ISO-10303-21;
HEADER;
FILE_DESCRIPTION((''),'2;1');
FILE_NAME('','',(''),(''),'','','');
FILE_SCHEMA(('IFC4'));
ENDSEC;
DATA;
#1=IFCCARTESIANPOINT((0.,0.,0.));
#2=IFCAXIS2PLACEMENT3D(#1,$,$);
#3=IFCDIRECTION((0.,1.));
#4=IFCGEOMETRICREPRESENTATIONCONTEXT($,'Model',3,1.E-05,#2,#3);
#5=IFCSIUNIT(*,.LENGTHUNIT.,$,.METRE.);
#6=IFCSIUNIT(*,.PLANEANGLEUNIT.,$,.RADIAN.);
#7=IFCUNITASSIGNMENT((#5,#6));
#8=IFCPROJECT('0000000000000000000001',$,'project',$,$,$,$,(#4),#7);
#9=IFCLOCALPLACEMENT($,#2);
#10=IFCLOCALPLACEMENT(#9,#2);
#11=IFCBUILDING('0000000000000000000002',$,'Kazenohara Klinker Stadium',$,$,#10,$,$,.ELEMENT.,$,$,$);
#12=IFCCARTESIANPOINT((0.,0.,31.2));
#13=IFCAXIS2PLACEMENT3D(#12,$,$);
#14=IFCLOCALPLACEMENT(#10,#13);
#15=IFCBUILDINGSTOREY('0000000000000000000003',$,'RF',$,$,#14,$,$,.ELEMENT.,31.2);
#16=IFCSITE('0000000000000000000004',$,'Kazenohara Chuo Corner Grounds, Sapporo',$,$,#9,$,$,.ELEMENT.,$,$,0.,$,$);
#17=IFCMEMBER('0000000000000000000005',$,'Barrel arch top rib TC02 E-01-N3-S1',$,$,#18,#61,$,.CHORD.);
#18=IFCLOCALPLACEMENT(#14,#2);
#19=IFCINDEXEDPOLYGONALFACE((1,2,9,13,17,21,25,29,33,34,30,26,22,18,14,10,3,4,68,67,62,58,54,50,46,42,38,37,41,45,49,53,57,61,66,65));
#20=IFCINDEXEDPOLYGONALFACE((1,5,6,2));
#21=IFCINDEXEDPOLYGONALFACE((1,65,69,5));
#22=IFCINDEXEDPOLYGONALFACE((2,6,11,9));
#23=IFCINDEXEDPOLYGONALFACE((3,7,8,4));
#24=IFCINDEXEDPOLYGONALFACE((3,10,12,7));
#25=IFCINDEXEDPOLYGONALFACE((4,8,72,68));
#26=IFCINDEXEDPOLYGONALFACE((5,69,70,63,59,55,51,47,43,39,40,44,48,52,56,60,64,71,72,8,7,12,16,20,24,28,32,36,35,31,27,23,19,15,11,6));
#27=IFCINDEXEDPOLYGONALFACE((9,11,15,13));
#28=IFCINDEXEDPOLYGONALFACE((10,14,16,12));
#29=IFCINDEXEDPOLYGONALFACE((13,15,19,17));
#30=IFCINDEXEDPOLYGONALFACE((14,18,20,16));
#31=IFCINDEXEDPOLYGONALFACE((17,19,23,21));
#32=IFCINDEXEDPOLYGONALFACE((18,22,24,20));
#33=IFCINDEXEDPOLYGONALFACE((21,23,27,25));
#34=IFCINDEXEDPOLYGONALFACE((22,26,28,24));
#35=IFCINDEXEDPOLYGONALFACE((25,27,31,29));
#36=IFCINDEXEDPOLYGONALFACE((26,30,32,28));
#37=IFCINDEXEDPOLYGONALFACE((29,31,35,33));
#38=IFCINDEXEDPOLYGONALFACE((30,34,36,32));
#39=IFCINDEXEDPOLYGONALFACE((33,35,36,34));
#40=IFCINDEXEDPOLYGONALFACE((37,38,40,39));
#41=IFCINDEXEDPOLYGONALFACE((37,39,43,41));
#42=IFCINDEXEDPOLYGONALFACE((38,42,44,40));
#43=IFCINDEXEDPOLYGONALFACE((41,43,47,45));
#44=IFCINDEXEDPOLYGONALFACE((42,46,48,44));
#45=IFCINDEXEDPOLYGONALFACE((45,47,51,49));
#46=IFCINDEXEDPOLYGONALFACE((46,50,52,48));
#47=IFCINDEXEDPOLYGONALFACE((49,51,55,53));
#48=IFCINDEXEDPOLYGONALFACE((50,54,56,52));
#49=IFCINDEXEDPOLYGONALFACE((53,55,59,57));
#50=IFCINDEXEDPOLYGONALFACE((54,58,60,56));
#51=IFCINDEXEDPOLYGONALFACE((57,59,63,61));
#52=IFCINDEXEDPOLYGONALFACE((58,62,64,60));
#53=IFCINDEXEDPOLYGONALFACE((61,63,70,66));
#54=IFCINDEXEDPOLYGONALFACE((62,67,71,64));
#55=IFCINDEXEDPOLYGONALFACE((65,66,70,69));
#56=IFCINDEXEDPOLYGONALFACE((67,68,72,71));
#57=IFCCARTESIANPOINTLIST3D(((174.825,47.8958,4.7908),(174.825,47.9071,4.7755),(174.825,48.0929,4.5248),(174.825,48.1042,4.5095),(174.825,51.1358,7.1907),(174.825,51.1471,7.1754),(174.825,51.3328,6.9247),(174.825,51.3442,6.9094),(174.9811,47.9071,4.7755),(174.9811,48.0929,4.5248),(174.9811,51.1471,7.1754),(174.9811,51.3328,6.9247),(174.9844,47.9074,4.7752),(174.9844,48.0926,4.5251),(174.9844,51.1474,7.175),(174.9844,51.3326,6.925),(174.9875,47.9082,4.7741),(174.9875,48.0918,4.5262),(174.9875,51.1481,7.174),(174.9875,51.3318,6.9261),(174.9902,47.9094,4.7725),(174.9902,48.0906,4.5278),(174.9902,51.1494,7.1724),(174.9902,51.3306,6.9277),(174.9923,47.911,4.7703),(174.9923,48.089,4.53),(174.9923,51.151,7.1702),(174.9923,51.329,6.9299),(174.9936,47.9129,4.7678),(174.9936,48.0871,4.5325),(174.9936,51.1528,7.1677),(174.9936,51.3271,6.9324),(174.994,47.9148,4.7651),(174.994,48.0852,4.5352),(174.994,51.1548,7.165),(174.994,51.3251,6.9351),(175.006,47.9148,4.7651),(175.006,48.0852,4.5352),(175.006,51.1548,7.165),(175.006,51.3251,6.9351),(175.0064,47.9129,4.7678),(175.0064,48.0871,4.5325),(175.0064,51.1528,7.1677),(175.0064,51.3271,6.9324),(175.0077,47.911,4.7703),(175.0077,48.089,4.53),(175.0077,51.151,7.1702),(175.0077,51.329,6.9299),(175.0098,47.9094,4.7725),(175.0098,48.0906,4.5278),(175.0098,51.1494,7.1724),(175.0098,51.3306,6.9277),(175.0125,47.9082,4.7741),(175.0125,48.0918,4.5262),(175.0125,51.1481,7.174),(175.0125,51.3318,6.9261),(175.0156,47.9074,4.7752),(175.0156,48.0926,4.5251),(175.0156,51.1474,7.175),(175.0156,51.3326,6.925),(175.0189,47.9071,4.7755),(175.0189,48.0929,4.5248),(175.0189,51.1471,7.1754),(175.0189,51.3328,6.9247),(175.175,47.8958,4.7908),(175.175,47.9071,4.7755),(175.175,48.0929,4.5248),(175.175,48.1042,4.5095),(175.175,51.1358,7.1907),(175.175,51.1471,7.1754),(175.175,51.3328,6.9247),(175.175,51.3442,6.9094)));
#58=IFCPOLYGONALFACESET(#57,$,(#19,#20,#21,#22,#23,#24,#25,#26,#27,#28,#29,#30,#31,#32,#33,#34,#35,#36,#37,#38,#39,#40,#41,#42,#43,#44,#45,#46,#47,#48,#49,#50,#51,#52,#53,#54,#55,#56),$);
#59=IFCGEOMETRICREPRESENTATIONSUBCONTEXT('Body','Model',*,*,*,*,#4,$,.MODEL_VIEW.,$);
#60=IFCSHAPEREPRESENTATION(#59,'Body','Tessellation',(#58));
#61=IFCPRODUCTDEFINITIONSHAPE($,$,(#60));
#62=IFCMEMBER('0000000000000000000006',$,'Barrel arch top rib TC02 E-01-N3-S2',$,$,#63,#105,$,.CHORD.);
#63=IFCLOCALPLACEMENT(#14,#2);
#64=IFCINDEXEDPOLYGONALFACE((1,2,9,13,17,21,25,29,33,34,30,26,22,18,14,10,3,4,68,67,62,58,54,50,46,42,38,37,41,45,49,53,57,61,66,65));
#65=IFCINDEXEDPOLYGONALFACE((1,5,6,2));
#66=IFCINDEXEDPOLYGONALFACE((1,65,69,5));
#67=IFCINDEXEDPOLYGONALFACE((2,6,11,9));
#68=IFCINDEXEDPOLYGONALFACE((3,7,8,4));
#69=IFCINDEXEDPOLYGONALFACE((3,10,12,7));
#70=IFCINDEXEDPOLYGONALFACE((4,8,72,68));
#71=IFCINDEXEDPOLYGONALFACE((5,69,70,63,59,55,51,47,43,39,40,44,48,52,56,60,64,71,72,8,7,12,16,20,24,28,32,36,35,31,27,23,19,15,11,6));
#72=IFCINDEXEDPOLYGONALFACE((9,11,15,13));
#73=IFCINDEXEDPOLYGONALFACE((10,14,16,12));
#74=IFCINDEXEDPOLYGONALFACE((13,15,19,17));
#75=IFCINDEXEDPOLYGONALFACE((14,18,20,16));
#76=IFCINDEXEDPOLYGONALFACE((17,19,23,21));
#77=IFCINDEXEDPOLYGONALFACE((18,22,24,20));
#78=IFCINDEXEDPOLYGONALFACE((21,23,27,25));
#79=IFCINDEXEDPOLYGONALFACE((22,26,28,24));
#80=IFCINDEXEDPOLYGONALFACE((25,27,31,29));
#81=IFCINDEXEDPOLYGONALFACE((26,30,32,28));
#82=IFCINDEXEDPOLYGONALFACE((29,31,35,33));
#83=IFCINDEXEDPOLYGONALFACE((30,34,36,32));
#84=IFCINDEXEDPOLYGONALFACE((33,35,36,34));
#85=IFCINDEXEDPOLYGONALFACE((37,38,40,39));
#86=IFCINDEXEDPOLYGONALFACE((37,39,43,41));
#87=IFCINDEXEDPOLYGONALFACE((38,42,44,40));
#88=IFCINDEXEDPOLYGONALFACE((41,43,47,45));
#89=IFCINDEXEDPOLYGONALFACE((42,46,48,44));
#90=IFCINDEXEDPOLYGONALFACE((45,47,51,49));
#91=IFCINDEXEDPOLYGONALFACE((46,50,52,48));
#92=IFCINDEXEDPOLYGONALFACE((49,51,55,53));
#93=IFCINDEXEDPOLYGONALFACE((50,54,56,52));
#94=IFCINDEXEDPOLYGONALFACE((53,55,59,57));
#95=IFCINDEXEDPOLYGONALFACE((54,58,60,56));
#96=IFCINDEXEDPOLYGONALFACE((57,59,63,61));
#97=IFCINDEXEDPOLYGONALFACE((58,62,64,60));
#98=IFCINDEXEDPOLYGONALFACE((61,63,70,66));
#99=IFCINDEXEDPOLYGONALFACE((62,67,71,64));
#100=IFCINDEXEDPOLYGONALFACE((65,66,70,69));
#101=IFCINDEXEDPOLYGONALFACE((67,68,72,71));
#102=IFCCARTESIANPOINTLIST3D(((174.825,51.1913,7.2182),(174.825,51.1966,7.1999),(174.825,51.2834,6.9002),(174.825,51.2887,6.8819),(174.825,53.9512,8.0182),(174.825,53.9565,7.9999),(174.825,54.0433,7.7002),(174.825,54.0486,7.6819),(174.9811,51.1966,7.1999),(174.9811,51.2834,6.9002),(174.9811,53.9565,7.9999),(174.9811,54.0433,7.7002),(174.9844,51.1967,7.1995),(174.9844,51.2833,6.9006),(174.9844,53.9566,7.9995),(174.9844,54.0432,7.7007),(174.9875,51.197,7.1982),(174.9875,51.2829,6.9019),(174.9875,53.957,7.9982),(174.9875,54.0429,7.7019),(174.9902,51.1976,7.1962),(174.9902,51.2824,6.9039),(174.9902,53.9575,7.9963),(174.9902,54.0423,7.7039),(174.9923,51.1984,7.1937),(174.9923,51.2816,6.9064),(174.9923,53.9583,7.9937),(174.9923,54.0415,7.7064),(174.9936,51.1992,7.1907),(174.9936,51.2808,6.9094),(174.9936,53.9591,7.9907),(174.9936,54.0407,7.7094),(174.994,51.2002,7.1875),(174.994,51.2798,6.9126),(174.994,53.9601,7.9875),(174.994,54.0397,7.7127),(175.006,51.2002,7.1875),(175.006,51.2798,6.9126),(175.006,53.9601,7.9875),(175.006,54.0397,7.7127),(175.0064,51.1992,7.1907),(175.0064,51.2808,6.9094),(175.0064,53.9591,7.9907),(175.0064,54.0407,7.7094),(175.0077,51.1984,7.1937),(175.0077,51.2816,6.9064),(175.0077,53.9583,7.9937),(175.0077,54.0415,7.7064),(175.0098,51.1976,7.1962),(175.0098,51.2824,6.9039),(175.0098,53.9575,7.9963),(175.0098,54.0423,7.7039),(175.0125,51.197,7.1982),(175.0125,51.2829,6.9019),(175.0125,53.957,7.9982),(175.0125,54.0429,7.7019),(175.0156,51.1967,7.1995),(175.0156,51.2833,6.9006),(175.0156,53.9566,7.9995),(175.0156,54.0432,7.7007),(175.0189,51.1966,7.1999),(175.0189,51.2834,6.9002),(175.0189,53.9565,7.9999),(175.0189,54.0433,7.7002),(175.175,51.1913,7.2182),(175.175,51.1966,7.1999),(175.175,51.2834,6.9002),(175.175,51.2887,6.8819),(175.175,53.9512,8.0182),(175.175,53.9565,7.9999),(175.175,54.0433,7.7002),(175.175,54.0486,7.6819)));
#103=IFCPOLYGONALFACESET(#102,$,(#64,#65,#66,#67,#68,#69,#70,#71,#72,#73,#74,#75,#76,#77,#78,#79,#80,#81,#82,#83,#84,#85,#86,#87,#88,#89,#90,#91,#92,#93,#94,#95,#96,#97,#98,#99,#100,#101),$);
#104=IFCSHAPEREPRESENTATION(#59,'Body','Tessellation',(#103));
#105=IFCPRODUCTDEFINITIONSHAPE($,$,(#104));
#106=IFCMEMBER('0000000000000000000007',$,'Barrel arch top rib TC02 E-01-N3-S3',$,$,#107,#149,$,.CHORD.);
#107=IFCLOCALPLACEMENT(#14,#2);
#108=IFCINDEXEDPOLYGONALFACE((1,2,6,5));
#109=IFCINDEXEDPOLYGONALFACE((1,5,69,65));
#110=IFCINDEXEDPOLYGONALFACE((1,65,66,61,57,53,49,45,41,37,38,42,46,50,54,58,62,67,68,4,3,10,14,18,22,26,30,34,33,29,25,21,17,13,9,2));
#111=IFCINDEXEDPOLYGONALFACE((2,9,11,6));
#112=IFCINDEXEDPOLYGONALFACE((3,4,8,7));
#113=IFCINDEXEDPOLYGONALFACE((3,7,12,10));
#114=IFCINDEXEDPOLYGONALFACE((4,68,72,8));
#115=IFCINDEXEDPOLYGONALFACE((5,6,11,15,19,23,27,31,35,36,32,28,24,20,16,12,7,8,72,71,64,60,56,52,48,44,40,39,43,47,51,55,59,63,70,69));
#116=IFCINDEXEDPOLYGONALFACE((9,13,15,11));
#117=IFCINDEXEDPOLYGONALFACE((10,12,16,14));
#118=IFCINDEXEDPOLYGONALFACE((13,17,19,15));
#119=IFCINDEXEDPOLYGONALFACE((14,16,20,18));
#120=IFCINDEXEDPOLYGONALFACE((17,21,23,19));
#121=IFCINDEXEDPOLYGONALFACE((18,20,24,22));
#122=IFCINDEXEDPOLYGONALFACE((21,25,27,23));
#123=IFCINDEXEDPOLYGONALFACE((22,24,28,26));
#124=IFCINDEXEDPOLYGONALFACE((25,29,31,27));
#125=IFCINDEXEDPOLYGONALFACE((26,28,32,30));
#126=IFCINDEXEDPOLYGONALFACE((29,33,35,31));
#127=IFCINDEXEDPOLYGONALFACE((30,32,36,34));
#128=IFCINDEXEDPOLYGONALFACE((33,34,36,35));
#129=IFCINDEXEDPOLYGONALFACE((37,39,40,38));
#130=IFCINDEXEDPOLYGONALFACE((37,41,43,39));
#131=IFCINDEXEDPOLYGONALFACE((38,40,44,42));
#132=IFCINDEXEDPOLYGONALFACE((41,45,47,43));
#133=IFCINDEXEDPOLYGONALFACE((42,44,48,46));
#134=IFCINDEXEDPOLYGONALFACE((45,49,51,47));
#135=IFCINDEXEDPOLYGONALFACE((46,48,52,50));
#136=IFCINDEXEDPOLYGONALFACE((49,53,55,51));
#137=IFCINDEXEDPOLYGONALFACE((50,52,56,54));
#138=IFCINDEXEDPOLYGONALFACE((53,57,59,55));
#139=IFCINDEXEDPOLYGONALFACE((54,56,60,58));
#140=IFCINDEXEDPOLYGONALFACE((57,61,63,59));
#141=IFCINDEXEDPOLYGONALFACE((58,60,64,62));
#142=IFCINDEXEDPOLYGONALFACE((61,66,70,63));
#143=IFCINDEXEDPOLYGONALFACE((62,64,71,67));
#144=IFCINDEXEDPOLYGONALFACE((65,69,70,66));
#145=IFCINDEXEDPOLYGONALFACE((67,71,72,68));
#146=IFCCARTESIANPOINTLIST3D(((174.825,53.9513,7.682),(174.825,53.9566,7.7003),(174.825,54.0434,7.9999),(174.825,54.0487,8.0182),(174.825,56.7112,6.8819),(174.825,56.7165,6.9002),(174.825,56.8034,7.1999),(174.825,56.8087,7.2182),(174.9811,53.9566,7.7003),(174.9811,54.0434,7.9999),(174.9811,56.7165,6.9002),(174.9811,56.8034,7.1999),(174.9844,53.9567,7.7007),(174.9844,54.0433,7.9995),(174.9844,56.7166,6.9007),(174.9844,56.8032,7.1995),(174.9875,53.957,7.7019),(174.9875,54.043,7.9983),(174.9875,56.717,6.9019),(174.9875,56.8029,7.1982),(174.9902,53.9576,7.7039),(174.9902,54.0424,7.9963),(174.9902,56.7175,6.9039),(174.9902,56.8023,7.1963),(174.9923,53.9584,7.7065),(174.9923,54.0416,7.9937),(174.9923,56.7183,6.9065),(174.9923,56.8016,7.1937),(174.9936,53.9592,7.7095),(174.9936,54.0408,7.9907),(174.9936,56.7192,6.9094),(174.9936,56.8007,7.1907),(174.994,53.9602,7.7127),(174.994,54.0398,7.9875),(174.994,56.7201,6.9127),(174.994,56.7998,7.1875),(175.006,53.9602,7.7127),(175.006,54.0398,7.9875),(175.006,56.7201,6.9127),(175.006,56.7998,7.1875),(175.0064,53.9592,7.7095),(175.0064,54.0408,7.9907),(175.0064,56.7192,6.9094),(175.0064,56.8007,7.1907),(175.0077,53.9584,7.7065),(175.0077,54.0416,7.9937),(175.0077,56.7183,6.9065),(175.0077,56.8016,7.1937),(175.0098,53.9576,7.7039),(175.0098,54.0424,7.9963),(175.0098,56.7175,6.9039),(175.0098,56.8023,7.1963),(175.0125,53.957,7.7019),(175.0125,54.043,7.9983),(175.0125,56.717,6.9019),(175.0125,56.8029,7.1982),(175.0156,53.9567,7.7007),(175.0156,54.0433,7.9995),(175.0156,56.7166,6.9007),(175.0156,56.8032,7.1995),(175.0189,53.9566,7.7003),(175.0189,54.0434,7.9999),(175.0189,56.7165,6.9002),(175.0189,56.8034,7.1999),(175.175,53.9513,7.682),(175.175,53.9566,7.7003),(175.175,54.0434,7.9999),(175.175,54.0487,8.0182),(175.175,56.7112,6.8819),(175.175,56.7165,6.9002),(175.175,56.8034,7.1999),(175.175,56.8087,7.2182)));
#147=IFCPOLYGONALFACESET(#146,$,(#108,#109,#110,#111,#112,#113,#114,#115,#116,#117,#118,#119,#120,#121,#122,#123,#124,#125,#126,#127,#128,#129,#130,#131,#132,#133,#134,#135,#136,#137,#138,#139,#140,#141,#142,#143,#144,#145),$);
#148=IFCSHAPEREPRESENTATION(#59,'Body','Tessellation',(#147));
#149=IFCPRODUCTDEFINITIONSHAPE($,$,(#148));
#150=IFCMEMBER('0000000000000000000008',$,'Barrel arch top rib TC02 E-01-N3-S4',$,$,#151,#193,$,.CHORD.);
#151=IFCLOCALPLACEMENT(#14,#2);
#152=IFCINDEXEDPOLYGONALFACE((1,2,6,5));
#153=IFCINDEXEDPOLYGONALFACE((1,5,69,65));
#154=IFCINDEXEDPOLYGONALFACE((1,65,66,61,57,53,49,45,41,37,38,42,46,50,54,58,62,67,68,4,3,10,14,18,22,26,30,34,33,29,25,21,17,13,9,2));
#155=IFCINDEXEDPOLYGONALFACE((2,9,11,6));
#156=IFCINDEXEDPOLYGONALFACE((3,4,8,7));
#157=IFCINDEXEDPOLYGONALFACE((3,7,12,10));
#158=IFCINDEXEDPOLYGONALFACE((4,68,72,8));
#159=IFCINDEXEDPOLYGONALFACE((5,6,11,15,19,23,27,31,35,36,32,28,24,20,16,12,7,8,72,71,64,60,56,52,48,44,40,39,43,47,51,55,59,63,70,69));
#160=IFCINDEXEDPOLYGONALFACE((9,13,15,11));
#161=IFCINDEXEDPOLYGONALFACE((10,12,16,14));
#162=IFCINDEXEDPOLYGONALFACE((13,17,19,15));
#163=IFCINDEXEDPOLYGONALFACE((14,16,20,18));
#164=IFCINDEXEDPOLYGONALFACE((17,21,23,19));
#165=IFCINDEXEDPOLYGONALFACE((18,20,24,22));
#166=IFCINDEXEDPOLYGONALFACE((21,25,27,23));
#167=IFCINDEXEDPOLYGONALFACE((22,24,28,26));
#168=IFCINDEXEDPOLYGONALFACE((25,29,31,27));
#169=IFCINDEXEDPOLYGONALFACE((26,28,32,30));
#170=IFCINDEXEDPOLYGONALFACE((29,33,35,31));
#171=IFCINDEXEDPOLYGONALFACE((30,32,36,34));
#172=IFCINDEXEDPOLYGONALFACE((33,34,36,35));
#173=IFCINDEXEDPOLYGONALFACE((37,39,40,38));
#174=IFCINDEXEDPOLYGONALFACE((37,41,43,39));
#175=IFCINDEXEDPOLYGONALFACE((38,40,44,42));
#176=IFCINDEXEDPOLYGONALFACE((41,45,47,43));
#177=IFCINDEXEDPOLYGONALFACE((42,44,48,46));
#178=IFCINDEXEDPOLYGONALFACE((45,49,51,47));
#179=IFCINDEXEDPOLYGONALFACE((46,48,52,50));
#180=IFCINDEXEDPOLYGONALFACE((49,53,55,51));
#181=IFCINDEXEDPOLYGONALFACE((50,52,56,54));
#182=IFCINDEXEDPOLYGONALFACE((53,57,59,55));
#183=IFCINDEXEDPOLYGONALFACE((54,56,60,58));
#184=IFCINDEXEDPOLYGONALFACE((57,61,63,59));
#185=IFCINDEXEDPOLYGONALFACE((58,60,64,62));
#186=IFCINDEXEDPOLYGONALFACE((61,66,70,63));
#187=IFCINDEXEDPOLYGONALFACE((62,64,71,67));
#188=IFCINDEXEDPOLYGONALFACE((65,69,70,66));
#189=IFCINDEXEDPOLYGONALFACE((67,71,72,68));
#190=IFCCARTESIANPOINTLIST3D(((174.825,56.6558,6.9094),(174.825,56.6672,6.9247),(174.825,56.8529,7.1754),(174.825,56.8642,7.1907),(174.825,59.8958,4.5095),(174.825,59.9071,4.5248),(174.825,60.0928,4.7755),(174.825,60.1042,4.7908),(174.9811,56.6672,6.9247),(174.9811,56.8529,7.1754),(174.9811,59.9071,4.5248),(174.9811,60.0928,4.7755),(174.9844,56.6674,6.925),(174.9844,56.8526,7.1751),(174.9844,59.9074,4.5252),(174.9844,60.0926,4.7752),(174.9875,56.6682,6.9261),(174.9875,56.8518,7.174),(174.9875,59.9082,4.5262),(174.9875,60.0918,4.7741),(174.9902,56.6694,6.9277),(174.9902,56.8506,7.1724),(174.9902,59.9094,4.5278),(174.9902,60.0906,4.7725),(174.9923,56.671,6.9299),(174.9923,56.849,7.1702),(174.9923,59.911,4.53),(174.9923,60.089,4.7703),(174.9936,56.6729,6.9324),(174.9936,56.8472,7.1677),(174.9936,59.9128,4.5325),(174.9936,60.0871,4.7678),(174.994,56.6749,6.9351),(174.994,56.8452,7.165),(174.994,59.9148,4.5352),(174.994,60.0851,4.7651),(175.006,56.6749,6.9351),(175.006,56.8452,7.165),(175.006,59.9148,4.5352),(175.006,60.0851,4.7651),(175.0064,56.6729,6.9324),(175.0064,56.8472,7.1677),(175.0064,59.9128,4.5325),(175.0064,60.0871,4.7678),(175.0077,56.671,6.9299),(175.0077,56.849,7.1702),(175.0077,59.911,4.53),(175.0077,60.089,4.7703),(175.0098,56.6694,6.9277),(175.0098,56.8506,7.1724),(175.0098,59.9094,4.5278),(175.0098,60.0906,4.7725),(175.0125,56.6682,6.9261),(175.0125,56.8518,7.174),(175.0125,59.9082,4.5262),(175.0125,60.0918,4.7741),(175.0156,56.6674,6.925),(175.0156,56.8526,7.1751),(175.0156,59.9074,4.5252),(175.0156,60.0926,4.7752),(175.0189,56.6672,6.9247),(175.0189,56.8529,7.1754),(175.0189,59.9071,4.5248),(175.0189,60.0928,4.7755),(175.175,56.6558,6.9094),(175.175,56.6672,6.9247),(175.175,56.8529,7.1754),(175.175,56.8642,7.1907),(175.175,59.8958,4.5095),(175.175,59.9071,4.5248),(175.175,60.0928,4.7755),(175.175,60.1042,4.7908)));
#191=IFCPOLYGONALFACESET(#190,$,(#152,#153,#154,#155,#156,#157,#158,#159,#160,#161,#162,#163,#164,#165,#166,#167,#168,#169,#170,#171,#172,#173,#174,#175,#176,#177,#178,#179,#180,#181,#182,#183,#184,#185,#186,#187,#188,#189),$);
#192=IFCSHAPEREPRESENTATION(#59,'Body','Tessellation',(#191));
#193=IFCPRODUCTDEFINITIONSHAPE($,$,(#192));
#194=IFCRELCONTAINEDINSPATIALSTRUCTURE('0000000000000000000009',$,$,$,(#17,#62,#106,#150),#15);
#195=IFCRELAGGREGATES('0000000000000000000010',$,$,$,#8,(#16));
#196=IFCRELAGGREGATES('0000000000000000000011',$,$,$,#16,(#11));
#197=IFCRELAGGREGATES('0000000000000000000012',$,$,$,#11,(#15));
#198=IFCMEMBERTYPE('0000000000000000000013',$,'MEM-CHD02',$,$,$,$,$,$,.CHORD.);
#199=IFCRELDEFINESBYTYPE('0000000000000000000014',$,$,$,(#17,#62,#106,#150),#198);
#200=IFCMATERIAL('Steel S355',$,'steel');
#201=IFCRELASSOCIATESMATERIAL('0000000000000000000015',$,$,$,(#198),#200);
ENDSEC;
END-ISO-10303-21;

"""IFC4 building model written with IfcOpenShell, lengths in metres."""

from ifc_helpers import new_model, si_unit, direction, frame, origin, origin_2d, place, context, subcontext, project, spatial, i_section, extrude, material, material_profile, profile_set, type_object, element, save


model = new_model("IFC4")

# Units and contexts
model_context = context("Model", 3, precision=1e-05, world=origin(), true_north=direction((0.0, 1.0)))
body_context = subcontext(model_context, "Body", "Model", "MODEL_VIEW")
ifc_project = project(units=[si_unit("LENGTHUNIT", "METRE"), si_unit("PLANEANGLEUNIT", "RADIAN")], contexts=[model_context])

# Site, building, storey
site_placement = place(None, origin())
site = spatial("IfcSite", under=ifc_project, at=site_placement, Name="Kazenohara Chuo Corner Grounds, Sapporo", CompositionType="ELEMENT", RefElevation=0.0)
building_placement = place(site_placement, origin())
building = spatial("IfcBuilding", under=site, at=building_placement, Name="Kazenohara Klinker Stadium", CompositionType="ELEMENT")
storey_placement = place(building_placement, frame((0.0, 0.0, 31.2)))
storey = spatial("IfcBuildingStorey", under=building, at=storey_placement, Name="RF", CompositionType="ELEMENT", Elevation=31.2)

# Members
ifc_material_1 = material(Name="Steel S355", Category="steel")
ifc_material_profile_1 = material_profile(ifc_material_1, i_section(OverallWidth=0.3501, OverallDepth=0.3501, WebThickness=0.012, FlangeThickness=0.019, FilletRadius=0.0129, at=origin_2d()), Name="H-350x350x12x19")
ifc_profile_set_1 = profile_set([ifc_material_profile_1], Name="Steel S355")
member_type_1 = type_object("IfcMemberType", Name="MEM-CHD02", PredefinedType="CHORD", material=ifc_profile_set_1)
member_1_placement = place(storey_placement, frame((175.0, 48.0, 4.6501), z_axis=(0.0, 0.803568, 0.595213), x_axis=(-1.0, 0.0, 0.0)))
element("IfcMember", 1, at=member_1_placement, inside=storey, type_object=member_type_1, Name="Barrel arch top rib TC02 E-01-N3-S1", PredefinedType="CHORD", context=body_context, shape_type="SweptSolid", body=[
    extrude(i_section(OverallWidth=0.3501, OverallDepth=0.3501, WebThickness=0.012, FlangeThickness=0.019, FilletRadius=0.0129, at=origin_2d()), origin(), (0.0, 0.0, 1.0), 4.032),
])
for number, where, z_axis, x_axis, name in (
    (2, (175.0, 51.24, 7.05), (0.0, 0.960462, 0.278411), (-1.0, 0.0, 0.0), "Barrel arch top rib TC02 E-01-N3-S2"),
    (3, (175.0, 54.0, 7.8501), (0.0, 0.960462, -0.278411), (-1.0, 0.0, 0.0), "Barrel arch top rib TC02 E-01-N3-S3"),
):
    element("IfcMember", number, at=place(storey_placement, frame(where, z_axis=z_axis, x_axis=x_axis)), inside=storey, type_object=member_type_1, Name=name, PredefinedType="CHORD", context=body_context, shape_type="SweptSolid", body=[
        extrude(i_section(OverallWidth=0.3501, OverallDepth=0.3501, WebThickness=0.012, FlangeThickness=0.019, FilletRadius=0.0129, at=origin_2d()), origin(), (0.0, 0.0, 1.0), 2.8735),
    ])
for number, where, z_axis, x_axis, name in (
    (4, (175.0, 56.76, 7.05), (0.0, 0.803568, -0.595213), (-1.0, 0.0, 0.0), "Barrel arch top rib TC02 E-01-N3-S4"),
):
    element("IfcMember", number, at=place(storey_placement, frame(where, z_axis=z_axis, x_axis=x_axis)), inside=storey, type_object=member_type_1, Name=name, PredefinedType="CHORD", context=body_context, shape_type="SweptSolid", body=[
        extrude(i_section(OverallWidth=0.3501, OverallDepth=0.3501, WebThickness=0.012, FlangeThickness=0.019, FilletRadius=0.0129, at=origin_2d()), origin(), (0.0, 0.0, 1.0), 4.032),
    ])

save(model, "model.ifc")
